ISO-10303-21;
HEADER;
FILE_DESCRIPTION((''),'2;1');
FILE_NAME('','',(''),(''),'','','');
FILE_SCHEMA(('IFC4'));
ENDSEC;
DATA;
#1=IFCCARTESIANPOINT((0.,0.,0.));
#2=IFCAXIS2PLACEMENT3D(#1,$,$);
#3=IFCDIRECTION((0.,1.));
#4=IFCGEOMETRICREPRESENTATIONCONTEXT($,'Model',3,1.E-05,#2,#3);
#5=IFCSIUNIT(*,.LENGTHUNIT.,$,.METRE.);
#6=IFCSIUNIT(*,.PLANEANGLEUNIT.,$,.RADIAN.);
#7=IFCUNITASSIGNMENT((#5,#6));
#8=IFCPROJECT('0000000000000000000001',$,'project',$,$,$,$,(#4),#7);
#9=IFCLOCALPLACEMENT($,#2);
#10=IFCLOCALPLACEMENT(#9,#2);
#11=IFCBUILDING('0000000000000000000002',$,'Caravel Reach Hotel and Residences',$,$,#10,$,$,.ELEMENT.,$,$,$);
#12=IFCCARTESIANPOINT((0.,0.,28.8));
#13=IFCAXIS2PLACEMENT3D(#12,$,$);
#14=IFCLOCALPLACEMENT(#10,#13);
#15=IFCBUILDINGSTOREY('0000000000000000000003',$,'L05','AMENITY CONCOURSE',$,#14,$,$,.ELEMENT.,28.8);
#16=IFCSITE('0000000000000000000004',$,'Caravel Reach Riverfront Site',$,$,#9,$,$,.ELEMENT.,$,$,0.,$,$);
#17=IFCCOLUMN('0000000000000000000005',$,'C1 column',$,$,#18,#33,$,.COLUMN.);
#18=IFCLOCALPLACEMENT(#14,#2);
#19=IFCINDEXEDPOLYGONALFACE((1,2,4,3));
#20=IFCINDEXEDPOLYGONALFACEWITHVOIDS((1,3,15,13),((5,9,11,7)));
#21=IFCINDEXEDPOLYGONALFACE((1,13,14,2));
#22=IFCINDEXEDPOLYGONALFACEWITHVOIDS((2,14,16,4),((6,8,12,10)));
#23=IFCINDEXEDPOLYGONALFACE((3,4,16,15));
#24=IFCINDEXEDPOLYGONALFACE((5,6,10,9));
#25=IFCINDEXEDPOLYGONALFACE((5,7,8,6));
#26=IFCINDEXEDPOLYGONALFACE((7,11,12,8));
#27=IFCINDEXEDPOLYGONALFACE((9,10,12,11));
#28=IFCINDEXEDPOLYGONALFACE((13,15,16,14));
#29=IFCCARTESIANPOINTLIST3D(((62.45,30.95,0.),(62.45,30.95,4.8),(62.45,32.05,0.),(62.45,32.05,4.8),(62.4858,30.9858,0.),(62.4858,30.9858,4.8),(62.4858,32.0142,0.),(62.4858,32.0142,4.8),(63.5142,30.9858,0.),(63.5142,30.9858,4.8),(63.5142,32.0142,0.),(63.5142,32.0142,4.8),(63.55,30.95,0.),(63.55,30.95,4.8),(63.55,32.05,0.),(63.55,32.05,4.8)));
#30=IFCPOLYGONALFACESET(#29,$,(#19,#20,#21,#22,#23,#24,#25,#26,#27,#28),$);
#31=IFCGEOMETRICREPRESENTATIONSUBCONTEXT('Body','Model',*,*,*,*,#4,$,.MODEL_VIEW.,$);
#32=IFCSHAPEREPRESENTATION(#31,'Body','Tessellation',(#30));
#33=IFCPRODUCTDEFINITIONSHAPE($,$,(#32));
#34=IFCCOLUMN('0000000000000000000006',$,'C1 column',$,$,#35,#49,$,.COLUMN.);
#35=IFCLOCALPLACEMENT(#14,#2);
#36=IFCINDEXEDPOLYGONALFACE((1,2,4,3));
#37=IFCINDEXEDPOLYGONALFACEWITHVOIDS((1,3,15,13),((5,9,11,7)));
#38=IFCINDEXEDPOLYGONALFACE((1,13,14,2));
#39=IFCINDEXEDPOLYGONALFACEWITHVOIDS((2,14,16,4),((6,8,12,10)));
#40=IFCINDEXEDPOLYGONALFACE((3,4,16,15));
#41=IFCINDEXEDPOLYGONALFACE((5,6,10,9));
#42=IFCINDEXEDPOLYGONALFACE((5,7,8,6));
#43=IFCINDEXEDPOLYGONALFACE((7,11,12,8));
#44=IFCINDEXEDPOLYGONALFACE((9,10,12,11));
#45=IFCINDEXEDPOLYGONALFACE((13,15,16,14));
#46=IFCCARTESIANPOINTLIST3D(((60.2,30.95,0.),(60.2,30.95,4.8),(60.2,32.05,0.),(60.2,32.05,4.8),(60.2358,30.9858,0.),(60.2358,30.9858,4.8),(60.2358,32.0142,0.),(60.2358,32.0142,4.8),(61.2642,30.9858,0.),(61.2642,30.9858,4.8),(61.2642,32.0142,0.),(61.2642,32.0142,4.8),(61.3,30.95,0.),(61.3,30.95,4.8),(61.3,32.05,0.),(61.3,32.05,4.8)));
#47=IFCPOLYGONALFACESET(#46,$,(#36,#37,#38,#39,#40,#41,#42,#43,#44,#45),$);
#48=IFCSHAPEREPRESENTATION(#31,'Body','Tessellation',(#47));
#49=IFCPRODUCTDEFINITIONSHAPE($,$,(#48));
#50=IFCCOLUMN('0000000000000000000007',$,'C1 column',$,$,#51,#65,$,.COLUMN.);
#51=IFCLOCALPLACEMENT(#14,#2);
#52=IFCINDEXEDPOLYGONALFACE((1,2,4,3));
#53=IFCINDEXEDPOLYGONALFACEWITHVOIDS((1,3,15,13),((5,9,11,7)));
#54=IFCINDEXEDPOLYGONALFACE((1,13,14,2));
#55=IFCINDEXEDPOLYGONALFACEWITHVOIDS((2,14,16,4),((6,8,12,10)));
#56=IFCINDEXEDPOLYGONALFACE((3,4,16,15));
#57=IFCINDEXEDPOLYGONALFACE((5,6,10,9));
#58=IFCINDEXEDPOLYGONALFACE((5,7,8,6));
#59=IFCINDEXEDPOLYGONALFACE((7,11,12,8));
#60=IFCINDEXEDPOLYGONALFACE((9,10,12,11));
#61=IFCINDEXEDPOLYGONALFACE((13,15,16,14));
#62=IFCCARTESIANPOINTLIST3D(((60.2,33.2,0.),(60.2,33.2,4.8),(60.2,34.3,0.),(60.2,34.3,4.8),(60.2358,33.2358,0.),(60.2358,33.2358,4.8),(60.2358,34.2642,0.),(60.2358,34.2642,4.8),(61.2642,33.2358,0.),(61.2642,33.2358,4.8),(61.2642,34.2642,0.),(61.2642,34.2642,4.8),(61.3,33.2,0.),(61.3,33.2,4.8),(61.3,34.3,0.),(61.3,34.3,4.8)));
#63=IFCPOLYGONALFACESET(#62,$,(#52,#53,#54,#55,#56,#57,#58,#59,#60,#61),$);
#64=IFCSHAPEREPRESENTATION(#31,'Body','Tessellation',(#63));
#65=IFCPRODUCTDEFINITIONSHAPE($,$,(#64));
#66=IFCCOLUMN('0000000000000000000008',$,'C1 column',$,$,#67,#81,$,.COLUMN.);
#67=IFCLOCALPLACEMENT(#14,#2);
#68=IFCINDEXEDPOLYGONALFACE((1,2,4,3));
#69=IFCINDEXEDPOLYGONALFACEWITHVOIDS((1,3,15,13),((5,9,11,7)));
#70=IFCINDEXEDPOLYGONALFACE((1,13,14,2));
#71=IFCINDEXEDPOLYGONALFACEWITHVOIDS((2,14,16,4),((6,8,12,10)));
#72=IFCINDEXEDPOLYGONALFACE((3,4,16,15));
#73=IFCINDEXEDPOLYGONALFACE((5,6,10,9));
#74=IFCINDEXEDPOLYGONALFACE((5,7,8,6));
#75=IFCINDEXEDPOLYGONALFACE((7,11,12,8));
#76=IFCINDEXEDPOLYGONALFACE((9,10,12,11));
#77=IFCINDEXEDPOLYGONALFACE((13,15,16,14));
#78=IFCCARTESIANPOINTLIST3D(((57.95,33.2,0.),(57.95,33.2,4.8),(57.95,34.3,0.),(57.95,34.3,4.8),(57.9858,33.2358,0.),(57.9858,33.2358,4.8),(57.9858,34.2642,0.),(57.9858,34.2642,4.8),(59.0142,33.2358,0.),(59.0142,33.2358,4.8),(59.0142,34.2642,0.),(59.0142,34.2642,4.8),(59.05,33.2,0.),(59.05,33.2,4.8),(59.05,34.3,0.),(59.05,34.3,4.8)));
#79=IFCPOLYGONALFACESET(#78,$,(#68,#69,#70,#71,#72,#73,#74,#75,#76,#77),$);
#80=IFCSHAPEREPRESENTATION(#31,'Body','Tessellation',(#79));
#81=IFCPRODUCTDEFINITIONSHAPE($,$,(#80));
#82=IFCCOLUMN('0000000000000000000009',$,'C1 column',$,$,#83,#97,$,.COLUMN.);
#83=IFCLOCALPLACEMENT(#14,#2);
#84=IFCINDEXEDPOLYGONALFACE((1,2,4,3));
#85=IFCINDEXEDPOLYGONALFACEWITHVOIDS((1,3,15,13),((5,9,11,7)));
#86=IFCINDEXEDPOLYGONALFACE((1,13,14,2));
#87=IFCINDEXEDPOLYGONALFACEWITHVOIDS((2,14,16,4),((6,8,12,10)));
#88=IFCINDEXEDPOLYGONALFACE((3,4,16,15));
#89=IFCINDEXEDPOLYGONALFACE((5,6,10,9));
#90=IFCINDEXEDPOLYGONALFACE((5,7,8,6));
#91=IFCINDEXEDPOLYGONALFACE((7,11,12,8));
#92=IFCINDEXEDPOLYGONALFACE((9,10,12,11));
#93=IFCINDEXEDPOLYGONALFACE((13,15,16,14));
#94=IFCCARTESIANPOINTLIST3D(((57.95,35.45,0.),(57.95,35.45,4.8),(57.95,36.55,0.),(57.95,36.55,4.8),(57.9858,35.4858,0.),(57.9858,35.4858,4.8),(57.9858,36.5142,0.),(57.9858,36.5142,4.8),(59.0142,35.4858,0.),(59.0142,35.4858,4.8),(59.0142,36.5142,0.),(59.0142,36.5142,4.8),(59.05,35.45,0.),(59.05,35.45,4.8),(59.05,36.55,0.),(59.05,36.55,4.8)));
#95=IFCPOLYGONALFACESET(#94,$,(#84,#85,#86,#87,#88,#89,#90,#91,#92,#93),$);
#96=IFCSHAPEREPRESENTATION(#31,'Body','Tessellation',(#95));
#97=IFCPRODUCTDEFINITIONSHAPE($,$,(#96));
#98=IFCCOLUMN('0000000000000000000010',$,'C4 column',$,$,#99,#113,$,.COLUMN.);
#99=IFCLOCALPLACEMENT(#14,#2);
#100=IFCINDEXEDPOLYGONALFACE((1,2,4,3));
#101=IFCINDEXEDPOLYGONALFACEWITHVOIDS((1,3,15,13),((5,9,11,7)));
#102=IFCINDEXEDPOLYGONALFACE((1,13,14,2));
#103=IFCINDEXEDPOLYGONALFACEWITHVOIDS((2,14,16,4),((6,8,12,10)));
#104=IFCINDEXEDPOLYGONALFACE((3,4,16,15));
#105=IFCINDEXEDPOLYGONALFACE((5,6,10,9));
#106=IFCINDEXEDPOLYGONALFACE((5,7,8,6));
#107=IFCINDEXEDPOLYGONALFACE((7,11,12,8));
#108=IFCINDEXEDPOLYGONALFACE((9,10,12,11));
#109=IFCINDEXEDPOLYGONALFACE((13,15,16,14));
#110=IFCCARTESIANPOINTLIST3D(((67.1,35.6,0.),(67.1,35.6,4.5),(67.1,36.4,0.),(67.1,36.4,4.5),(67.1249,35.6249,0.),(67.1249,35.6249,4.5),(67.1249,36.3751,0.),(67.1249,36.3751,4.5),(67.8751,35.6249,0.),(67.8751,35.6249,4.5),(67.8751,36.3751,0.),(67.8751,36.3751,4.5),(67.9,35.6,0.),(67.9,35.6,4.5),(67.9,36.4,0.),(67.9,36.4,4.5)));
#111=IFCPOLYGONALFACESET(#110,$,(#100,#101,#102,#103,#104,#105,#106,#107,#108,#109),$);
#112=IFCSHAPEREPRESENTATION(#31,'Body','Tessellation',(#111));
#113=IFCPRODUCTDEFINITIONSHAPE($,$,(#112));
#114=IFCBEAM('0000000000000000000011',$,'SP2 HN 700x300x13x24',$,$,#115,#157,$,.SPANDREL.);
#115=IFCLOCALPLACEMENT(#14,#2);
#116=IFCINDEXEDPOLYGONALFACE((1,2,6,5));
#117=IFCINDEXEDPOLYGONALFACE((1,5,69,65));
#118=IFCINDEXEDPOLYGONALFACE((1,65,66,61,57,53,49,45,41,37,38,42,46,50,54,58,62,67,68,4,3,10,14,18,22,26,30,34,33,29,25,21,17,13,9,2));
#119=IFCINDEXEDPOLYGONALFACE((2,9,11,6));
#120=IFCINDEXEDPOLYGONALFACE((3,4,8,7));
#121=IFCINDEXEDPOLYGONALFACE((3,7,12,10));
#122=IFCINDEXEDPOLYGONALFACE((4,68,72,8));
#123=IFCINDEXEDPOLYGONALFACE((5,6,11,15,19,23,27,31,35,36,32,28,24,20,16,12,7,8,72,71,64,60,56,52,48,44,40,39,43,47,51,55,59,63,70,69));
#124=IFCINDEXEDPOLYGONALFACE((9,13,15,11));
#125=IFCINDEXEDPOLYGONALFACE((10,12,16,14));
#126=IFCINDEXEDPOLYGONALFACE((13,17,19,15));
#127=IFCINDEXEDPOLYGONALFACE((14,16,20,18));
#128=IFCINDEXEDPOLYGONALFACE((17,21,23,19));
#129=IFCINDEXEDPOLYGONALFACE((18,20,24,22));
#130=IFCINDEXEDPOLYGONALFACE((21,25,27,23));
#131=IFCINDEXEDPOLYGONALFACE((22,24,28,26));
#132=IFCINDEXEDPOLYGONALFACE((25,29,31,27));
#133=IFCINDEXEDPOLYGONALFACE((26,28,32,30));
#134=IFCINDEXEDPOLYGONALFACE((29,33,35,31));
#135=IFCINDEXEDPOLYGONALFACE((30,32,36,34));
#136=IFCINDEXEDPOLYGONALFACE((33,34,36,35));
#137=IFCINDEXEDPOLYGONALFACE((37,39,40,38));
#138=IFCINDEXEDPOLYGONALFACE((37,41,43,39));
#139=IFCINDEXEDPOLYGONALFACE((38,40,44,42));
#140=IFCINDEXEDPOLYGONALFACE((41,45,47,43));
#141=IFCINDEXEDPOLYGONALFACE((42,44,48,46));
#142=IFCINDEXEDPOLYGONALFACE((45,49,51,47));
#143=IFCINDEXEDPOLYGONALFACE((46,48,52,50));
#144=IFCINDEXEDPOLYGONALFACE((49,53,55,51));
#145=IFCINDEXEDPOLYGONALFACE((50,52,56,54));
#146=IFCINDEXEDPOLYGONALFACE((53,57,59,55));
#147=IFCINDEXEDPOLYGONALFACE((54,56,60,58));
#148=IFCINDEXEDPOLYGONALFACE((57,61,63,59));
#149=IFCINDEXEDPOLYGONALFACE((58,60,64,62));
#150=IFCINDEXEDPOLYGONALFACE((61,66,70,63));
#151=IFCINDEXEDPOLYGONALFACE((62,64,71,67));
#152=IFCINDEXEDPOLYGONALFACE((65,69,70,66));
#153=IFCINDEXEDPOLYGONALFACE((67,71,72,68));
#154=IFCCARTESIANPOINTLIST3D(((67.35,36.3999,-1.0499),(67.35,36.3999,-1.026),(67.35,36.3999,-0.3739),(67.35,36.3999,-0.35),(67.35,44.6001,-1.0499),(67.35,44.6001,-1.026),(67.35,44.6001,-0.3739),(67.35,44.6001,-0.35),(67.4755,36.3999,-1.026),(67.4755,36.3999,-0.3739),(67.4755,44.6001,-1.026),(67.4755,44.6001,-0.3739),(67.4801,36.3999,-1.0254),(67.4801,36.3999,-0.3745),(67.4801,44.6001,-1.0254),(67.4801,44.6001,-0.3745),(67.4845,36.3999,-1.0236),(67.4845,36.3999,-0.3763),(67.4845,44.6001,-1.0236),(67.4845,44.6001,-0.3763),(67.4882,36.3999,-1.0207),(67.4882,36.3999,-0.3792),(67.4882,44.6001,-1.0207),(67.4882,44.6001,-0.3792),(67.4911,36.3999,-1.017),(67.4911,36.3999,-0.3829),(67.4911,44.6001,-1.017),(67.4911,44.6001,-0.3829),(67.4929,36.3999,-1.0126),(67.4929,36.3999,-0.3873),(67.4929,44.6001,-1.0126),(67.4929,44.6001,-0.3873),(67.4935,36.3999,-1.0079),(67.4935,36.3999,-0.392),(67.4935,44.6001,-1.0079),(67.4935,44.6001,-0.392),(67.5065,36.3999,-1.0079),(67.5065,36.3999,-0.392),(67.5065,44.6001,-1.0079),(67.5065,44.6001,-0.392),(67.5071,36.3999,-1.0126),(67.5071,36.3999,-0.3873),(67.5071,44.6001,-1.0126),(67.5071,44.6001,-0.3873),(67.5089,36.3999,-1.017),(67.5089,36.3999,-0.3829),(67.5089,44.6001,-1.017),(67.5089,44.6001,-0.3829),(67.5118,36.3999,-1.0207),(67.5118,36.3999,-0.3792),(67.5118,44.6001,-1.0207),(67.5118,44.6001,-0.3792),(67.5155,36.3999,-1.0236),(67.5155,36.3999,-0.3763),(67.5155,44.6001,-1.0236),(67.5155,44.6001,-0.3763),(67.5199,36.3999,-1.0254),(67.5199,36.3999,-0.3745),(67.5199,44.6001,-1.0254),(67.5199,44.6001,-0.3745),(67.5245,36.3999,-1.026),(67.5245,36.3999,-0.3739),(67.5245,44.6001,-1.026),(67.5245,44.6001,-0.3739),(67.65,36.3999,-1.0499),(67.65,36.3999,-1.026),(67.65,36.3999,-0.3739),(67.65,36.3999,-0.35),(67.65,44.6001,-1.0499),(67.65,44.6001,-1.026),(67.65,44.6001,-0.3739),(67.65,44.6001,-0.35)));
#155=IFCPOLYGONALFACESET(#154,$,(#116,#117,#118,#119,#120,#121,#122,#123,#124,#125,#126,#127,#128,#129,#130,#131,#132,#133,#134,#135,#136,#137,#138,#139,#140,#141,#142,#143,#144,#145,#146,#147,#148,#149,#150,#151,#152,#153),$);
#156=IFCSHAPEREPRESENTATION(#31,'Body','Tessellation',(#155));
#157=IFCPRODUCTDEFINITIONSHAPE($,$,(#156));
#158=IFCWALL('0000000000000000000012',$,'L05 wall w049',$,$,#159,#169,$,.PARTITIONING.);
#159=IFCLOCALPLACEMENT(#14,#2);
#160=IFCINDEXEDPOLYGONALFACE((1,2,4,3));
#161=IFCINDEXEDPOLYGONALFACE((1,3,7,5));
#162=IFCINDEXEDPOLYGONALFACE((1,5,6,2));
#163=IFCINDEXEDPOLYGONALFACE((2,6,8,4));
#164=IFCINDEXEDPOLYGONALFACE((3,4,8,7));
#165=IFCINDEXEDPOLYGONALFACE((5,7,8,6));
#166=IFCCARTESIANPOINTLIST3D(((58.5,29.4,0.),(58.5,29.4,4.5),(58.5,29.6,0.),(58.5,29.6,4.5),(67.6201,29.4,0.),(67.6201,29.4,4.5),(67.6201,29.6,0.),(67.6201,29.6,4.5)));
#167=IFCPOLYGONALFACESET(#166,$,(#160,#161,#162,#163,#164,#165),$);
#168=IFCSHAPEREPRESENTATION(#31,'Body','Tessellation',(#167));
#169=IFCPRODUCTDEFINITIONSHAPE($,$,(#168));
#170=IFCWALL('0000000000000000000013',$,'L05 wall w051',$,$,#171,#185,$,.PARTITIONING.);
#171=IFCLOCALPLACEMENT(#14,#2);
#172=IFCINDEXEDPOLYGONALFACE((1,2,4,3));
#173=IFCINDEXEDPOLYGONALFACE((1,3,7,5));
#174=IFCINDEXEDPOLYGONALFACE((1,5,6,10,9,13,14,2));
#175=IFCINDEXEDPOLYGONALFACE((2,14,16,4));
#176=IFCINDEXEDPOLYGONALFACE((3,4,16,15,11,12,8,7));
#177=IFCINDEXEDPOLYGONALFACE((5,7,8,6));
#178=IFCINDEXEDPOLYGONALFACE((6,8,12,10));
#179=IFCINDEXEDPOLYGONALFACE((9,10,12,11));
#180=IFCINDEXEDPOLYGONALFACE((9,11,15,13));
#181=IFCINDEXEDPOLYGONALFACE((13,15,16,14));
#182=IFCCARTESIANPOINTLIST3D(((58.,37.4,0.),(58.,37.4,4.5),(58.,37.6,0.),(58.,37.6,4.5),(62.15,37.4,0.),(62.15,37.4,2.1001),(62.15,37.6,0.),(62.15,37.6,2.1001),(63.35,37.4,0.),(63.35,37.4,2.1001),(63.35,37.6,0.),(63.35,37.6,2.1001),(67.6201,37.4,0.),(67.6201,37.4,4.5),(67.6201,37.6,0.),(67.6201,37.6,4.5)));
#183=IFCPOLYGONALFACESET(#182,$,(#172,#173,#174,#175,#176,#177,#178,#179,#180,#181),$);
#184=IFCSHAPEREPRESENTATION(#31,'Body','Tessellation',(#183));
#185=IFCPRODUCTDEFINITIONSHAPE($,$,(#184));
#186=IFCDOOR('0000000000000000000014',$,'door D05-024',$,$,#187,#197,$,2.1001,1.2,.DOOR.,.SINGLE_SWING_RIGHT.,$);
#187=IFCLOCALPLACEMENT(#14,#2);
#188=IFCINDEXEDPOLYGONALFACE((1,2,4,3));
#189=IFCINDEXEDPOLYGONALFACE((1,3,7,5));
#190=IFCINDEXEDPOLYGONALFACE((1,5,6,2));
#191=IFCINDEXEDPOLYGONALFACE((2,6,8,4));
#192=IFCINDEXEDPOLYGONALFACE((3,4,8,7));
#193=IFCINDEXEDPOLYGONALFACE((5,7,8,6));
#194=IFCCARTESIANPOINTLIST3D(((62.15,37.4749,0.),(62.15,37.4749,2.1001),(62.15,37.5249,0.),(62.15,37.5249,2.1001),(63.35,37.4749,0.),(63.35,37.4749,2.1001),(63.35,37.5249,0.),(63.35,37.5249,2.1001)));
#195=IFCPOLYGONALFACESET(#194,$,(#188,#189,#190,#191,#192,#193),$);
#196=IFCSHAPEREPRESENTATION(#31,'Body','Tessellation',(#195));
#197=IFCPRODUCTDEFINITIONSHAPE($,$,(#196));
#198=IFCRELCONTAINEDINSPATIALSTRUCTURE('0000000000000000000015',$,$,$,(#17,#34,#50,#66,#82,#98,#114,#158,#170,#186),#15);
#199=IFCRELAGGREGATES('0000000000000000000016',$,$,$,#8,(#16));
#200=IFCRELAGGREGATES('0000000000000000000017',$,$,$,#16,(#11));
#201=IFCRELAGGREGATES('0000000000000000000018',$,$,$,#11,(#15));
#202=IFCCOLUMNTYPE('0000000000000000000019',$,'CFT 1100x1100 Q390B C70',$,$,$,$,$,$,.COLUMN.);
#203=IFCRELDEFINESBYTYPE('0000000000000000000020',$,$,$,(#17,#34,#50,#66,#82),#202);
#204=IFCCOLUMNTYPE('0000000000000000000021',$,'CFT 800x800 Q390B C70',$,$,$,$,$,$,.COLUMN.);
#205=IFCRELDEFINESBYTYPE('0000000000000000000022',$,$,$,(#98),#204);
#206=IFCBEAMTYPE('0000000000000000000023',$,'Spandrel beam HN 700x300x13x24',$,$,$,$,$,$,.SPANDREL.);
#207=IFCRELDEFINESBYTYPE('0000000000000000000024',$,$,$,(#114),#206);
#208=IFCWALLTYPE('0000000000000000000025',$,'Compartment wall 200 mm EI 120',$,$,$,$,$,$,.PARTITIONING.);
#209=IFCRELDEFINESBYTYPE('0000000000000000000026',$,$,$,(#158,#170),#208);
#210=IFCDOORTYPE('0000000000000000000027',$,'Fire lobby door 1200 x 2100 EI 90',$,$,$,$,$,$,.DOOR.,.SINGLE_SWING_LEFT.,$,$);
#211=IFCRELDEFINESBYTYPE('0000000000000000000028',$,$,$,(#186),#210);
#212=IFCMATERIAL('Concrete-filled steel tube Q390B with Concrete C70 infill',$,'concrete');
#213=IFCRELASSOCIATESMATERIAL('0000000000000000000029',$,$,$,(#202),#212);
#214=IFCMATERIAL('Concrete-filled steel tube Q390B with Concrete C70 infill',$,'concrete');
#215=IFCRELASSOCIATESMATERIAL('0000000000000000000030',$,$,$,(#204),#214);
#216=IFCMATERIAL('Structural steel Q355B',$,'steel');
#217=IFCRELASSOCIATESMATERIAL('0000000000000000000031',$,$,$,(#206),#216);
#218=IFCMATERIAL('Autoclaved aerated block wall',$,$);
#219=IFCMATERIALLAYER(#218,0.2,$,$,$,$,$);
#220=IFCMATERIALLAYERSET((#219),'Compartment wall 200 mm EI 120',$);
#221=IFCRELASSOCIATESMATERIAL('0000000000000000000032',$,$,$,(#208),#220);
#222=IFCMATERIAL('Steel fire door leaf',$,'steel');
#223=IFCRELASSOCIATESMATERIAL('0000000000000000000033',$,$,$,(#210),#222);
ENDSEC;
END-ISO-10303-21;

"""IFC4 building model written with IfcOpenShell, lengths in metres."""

from ifc_helpers import new_model, si_unit, direction, frame, frame_2d, origin, origin_2d, place, context, subcontext, project, spatial, rectangle, hollow_rectangle, i_section, extrude, material, layer, layer_set, material_profile, profile_set, type_object, element, fill, save


model = new_model("IFC4")

# Units and contexts
model_context = context("Model", 3, precision=1e-05, world=origin(), true_north=direction((0.0, 1.0)))
body_context = subcontext(model_context, "Body", "Model", "MODEL_VIEW")
ifc_project = project(units=[si_unit("LENGTHUNIT", "METRE"), si_unit("PLANEANGLEUNIT", "RADIAN")], contexts=[model_context])

# Site, building, storey
site_placement = place(None, origin())
site = spatial("IfcSite", under=ifc_project, at=site_placement, Name="Caravel Reach Riverfront Site", CompositionType="ELEMENT", RefElevation=0.0)
building_placement = place(site_placement, origin())
building = spatial("IfcBuilding", under=site, at=building_placement, Name="Caravel Reach Hotel and Residences", CompositionType="ELEMENT")
storey_placement = place(building_placement, frame((0.0, 0.0, 28.8)))
storey = spatial("IfcBuildingStorey", under=building, at=storey_placement, Name="L05", Description="AMENITY CONCOURSE", CompositionType="ELEMENT", Elevation=28.8)

# Columns
ifc_material_1 = material(Name="Concrete-filled steel tube Q390B with Concrete C70 infill", Category="concrete")
ifc_material_profile_1 = material_profile(ifc_material_1, hollow_rectangle(XDim=1.1001, YDim=1.1001, WallThickness=0.0359, at=origin_2d()), Name="RHS 1100x1100x36")
ifc_profile_set_1 = profile_set([ifc_material_profile_1], Name="Concrete-filled steel tube Q390B with Concrete C70 infill")
column_type_1 = type_object("IfcColumnType", Name="CFT 1100x1100 Q390B C70", PredefinedType="COLUMN", material=ifc_profile_set_1)
for number, where, z_axis, x_axis, name in (
    (1, (63.0, 31.5, 0.0), (0.0, 0.0, 1.0), (1.0, 0.0, 0.0), "C1 column"),
    (2, (60.75, 31.5, 0.0), (0.0, 0.0, 1.0), (1.0, 0.0, 0.0), "C1 column"),
    (3, (60.75, 33.75, 0.0), (0.0, 0.0, 1.0), (1.0, 0.0, 0.0), "C1 column"),
    (4, (58.5, 33.75, 0.0), (0.0, 0.0, 1.0), (1.0, 0.0, 0.0), "C1 column"),
    (5, (58.5, 36.0, 0.0), (0.0, 0.0, 1.0), (1.0, 0.0, 0.0), "C1 column"),
):
    element("IfcColumn", number, at=place(storey_placement, frame(where, z_axis=z_axis, x_axis=x_axis)), inside=storey, type_object=column_type_1, Name=name, PredefinedType="COLUMN", context=body_context, shape_type="SweptSolid", body=[
        extrude(hollow_rectangle(XDim=1.1001, YDim=1.1001, WallThickness=0.0359, at=origin_2d()), origin(), (0.0, 0.0, 1.0), 4.8),
    ])
ifc_material_2 = material(Name="Concrete-filled steel tube Q390B with Concrete C70 infill", Category="concrete")
ifc_material_profile_2 = material_profile(ifc_material_2, hollow_rectangle(XDim=0.8, YDim=0.8, WallThickness=0.0249, at=origin_2d()), Name="RHS 800x800x25")
ifc_profile_set_2 = profile_set([ifc_material_profile_2], Name="Concrete-filled steel tube Q390B with Concrete C70 infill")
column_type_2 = type_object("IfcColumnType", Name="CFT 800x800 Q390B C70", PredefinedType="COLUMN", material=ifc_profile_set_2)
column_placement = place(storey_placement, frame((67.5, 36.0, 0.0), z_axis=(0.0, 0.0, 1.0), x_axis=(1.0, 0.0, 0.0)))
element("IfcColumn", 6, at=column_placement, inside=storey, type_object=column_type_2, Name="C4 column", PredefinedType="COLUMN", context=body_context, shape_type="SweptSolid", body=[
    extrude(hollow_rectangle(XDim=0.8, YDim=0.8, WallThickness=0.0249, at=origin_2d()), origin(), (0.0, 0.0, 1.0), 4.5),
])

# Beam
ifc_material_3 = material(Name="Structural steel Q355B", Category="steel")
ifc_material_profile_3 = material_profile(ifc_material_3, i_section(OverallWidth=0.3, OverallDepth=0.7, WebThickness=0.0129, FlangeThickness=0.0239, FilletRadius=0.0181, at=origin_2d()), Name="HN 700x300x13x24")
ifc_profile_set_3 = profile_set([ifc_material_profile_3], Name="Structural steel Q355B")
beam_type = type_object("IfcBeamType", Name="Spandrel beam HN 700x300x13x24", PredefinedType="SPANDREL", material=ifc_profile_set_3)
beam_placement = place(storey_placement, frame((67.5, 36.3999, -0.7), z_axis=(0.0, 1.0, 0.0), x_axis=(-1.0, 0.0, 0.0)))
element("IfcBeam", 7, at=beam_placement, inside=storey, type_object=beam_type, Name="SP2 HN 700x300x13x24", PredefinedType="SPANDREL", context=body_context, shape_type="SweptSolid", body=[
    extrude(i_section(OverallWidth=0.3, OverallDepth=0.7, WebThickness=0.0129, FlangeThickness=0.0239, FilletRadius=0.0181, at=origin_2d()), origin(), (0.0, 0.0, 1.0), 8.2002),
])

# Wall
ifc_material_4 = material(Name="Autoclaved aerated block wall")
ifc_layer_1 = layer(ifc_material_4, 0.2)
ifc_layer_set_1 = layer_set([ifc_layer_1], Name="Compartment wall 200 mm EI 120")
wall_type_1 = type_object("IfcWallType", Name="Compartment wall 200 mm EI 120", PredefinedType="PARTITIONING", material=ifc_layer_set_1)
wall_1_placement = place(storey_placement, frame((58.5, 29.5, 0.0), z_axis=(0.0, 0.0, 1.0), x_axis=(1.0, 0.0, 0.0)))
element("IfcWall", 8, at=wall_1_placement, inside=storey, type_object=wall_type_1, Name="L05 wall w049", PredefinedType="PARTITIONING", context=body_context, shape_type="SweptSolid", body=[
    extrude(rectangle(XDim=9.1201, YDim=0.2, at=frame_2d((4.5601, 0.0))), origin(), (0.0, 0.0, 1.0), 4.5),
])

# Wall, opening, door
wall_2_placement = place(storey_placement, frame((58.0, 37.5, 0.0), z_axis=(0.0, 0.0, 1.0), x_axis=(1.0, 0.0, 0.0)))
wall_2 = element("IfcWall", 9, at=wall_2_placement, inside=storey, type_object=wall_type_1, Name="L05 wall w051", PredefinedType="PARTITIONING", context=body_context, shape_type="SweptSolid", body=[
    extrude(rectangle(XDim=9.6201, YDim=0.2, at=frame_2d((4.8101, 0.0))), origin(), (0.0, 0.0, 1.0), 4.5),
])
opening_1_placement = place(wall_2_placement, frame((4.1499, 0.0, 0.0)))
opening_1 = element("IfcOpeningElement", 10, at=opening_1_placement, cuts=wall_2, PredefinedType="OPENING", context=body_context, shape_type="SweptSolid", body=[
    extrude(rectangle(XDim=1.2, YDim=2.1001, at=frame_2d((0.6001, 1.05))), frame((0.0, 0.1099, 0.0), z_axis=(0.0, -1.0, 0.0), x_axis=(1.0, 0.0, 0.0)), (0.0, 0.0, 1.0), 0.22),
])
ifc_material_5 = material(Name="Steel fire door leaf", Category="steel")
door_type_1 = type_object("IfcDoorType", Name="Fire lobby door 1200 x 2100 EI 90", OperationType="SINGLE_SWING_LEFT", PredefinedType="DOOR", material=ifc_material_5)
door_1_placement = place(opening_1_placement, origin())
door_1 = element("IfcDoor", 11, at=door_1_placement, inside=storey, type_object=door_type_1, Name="door D05-024", OperationType="SINGLE_SWING_RIGHT", OverallHeight=2.1001, OverallWidth=1.2, PredefinedType="DOOR", context=body_context, shape_type="SweptSolid", body=[
    extrude(rectangle(XDim=1.2, YDim=2.1001, at=frame_2d((0.6001, 1.05))), frame((0.0, 0.0249, 0.0), z_axis=(0.0, -1.0, 0.0), x_axis=(1.0, 0.0, 0.0)), (0.0, 0.0, 1.0), 0.05),
])
fill(opening_1, door_1)

save(model, "model.ifc")
